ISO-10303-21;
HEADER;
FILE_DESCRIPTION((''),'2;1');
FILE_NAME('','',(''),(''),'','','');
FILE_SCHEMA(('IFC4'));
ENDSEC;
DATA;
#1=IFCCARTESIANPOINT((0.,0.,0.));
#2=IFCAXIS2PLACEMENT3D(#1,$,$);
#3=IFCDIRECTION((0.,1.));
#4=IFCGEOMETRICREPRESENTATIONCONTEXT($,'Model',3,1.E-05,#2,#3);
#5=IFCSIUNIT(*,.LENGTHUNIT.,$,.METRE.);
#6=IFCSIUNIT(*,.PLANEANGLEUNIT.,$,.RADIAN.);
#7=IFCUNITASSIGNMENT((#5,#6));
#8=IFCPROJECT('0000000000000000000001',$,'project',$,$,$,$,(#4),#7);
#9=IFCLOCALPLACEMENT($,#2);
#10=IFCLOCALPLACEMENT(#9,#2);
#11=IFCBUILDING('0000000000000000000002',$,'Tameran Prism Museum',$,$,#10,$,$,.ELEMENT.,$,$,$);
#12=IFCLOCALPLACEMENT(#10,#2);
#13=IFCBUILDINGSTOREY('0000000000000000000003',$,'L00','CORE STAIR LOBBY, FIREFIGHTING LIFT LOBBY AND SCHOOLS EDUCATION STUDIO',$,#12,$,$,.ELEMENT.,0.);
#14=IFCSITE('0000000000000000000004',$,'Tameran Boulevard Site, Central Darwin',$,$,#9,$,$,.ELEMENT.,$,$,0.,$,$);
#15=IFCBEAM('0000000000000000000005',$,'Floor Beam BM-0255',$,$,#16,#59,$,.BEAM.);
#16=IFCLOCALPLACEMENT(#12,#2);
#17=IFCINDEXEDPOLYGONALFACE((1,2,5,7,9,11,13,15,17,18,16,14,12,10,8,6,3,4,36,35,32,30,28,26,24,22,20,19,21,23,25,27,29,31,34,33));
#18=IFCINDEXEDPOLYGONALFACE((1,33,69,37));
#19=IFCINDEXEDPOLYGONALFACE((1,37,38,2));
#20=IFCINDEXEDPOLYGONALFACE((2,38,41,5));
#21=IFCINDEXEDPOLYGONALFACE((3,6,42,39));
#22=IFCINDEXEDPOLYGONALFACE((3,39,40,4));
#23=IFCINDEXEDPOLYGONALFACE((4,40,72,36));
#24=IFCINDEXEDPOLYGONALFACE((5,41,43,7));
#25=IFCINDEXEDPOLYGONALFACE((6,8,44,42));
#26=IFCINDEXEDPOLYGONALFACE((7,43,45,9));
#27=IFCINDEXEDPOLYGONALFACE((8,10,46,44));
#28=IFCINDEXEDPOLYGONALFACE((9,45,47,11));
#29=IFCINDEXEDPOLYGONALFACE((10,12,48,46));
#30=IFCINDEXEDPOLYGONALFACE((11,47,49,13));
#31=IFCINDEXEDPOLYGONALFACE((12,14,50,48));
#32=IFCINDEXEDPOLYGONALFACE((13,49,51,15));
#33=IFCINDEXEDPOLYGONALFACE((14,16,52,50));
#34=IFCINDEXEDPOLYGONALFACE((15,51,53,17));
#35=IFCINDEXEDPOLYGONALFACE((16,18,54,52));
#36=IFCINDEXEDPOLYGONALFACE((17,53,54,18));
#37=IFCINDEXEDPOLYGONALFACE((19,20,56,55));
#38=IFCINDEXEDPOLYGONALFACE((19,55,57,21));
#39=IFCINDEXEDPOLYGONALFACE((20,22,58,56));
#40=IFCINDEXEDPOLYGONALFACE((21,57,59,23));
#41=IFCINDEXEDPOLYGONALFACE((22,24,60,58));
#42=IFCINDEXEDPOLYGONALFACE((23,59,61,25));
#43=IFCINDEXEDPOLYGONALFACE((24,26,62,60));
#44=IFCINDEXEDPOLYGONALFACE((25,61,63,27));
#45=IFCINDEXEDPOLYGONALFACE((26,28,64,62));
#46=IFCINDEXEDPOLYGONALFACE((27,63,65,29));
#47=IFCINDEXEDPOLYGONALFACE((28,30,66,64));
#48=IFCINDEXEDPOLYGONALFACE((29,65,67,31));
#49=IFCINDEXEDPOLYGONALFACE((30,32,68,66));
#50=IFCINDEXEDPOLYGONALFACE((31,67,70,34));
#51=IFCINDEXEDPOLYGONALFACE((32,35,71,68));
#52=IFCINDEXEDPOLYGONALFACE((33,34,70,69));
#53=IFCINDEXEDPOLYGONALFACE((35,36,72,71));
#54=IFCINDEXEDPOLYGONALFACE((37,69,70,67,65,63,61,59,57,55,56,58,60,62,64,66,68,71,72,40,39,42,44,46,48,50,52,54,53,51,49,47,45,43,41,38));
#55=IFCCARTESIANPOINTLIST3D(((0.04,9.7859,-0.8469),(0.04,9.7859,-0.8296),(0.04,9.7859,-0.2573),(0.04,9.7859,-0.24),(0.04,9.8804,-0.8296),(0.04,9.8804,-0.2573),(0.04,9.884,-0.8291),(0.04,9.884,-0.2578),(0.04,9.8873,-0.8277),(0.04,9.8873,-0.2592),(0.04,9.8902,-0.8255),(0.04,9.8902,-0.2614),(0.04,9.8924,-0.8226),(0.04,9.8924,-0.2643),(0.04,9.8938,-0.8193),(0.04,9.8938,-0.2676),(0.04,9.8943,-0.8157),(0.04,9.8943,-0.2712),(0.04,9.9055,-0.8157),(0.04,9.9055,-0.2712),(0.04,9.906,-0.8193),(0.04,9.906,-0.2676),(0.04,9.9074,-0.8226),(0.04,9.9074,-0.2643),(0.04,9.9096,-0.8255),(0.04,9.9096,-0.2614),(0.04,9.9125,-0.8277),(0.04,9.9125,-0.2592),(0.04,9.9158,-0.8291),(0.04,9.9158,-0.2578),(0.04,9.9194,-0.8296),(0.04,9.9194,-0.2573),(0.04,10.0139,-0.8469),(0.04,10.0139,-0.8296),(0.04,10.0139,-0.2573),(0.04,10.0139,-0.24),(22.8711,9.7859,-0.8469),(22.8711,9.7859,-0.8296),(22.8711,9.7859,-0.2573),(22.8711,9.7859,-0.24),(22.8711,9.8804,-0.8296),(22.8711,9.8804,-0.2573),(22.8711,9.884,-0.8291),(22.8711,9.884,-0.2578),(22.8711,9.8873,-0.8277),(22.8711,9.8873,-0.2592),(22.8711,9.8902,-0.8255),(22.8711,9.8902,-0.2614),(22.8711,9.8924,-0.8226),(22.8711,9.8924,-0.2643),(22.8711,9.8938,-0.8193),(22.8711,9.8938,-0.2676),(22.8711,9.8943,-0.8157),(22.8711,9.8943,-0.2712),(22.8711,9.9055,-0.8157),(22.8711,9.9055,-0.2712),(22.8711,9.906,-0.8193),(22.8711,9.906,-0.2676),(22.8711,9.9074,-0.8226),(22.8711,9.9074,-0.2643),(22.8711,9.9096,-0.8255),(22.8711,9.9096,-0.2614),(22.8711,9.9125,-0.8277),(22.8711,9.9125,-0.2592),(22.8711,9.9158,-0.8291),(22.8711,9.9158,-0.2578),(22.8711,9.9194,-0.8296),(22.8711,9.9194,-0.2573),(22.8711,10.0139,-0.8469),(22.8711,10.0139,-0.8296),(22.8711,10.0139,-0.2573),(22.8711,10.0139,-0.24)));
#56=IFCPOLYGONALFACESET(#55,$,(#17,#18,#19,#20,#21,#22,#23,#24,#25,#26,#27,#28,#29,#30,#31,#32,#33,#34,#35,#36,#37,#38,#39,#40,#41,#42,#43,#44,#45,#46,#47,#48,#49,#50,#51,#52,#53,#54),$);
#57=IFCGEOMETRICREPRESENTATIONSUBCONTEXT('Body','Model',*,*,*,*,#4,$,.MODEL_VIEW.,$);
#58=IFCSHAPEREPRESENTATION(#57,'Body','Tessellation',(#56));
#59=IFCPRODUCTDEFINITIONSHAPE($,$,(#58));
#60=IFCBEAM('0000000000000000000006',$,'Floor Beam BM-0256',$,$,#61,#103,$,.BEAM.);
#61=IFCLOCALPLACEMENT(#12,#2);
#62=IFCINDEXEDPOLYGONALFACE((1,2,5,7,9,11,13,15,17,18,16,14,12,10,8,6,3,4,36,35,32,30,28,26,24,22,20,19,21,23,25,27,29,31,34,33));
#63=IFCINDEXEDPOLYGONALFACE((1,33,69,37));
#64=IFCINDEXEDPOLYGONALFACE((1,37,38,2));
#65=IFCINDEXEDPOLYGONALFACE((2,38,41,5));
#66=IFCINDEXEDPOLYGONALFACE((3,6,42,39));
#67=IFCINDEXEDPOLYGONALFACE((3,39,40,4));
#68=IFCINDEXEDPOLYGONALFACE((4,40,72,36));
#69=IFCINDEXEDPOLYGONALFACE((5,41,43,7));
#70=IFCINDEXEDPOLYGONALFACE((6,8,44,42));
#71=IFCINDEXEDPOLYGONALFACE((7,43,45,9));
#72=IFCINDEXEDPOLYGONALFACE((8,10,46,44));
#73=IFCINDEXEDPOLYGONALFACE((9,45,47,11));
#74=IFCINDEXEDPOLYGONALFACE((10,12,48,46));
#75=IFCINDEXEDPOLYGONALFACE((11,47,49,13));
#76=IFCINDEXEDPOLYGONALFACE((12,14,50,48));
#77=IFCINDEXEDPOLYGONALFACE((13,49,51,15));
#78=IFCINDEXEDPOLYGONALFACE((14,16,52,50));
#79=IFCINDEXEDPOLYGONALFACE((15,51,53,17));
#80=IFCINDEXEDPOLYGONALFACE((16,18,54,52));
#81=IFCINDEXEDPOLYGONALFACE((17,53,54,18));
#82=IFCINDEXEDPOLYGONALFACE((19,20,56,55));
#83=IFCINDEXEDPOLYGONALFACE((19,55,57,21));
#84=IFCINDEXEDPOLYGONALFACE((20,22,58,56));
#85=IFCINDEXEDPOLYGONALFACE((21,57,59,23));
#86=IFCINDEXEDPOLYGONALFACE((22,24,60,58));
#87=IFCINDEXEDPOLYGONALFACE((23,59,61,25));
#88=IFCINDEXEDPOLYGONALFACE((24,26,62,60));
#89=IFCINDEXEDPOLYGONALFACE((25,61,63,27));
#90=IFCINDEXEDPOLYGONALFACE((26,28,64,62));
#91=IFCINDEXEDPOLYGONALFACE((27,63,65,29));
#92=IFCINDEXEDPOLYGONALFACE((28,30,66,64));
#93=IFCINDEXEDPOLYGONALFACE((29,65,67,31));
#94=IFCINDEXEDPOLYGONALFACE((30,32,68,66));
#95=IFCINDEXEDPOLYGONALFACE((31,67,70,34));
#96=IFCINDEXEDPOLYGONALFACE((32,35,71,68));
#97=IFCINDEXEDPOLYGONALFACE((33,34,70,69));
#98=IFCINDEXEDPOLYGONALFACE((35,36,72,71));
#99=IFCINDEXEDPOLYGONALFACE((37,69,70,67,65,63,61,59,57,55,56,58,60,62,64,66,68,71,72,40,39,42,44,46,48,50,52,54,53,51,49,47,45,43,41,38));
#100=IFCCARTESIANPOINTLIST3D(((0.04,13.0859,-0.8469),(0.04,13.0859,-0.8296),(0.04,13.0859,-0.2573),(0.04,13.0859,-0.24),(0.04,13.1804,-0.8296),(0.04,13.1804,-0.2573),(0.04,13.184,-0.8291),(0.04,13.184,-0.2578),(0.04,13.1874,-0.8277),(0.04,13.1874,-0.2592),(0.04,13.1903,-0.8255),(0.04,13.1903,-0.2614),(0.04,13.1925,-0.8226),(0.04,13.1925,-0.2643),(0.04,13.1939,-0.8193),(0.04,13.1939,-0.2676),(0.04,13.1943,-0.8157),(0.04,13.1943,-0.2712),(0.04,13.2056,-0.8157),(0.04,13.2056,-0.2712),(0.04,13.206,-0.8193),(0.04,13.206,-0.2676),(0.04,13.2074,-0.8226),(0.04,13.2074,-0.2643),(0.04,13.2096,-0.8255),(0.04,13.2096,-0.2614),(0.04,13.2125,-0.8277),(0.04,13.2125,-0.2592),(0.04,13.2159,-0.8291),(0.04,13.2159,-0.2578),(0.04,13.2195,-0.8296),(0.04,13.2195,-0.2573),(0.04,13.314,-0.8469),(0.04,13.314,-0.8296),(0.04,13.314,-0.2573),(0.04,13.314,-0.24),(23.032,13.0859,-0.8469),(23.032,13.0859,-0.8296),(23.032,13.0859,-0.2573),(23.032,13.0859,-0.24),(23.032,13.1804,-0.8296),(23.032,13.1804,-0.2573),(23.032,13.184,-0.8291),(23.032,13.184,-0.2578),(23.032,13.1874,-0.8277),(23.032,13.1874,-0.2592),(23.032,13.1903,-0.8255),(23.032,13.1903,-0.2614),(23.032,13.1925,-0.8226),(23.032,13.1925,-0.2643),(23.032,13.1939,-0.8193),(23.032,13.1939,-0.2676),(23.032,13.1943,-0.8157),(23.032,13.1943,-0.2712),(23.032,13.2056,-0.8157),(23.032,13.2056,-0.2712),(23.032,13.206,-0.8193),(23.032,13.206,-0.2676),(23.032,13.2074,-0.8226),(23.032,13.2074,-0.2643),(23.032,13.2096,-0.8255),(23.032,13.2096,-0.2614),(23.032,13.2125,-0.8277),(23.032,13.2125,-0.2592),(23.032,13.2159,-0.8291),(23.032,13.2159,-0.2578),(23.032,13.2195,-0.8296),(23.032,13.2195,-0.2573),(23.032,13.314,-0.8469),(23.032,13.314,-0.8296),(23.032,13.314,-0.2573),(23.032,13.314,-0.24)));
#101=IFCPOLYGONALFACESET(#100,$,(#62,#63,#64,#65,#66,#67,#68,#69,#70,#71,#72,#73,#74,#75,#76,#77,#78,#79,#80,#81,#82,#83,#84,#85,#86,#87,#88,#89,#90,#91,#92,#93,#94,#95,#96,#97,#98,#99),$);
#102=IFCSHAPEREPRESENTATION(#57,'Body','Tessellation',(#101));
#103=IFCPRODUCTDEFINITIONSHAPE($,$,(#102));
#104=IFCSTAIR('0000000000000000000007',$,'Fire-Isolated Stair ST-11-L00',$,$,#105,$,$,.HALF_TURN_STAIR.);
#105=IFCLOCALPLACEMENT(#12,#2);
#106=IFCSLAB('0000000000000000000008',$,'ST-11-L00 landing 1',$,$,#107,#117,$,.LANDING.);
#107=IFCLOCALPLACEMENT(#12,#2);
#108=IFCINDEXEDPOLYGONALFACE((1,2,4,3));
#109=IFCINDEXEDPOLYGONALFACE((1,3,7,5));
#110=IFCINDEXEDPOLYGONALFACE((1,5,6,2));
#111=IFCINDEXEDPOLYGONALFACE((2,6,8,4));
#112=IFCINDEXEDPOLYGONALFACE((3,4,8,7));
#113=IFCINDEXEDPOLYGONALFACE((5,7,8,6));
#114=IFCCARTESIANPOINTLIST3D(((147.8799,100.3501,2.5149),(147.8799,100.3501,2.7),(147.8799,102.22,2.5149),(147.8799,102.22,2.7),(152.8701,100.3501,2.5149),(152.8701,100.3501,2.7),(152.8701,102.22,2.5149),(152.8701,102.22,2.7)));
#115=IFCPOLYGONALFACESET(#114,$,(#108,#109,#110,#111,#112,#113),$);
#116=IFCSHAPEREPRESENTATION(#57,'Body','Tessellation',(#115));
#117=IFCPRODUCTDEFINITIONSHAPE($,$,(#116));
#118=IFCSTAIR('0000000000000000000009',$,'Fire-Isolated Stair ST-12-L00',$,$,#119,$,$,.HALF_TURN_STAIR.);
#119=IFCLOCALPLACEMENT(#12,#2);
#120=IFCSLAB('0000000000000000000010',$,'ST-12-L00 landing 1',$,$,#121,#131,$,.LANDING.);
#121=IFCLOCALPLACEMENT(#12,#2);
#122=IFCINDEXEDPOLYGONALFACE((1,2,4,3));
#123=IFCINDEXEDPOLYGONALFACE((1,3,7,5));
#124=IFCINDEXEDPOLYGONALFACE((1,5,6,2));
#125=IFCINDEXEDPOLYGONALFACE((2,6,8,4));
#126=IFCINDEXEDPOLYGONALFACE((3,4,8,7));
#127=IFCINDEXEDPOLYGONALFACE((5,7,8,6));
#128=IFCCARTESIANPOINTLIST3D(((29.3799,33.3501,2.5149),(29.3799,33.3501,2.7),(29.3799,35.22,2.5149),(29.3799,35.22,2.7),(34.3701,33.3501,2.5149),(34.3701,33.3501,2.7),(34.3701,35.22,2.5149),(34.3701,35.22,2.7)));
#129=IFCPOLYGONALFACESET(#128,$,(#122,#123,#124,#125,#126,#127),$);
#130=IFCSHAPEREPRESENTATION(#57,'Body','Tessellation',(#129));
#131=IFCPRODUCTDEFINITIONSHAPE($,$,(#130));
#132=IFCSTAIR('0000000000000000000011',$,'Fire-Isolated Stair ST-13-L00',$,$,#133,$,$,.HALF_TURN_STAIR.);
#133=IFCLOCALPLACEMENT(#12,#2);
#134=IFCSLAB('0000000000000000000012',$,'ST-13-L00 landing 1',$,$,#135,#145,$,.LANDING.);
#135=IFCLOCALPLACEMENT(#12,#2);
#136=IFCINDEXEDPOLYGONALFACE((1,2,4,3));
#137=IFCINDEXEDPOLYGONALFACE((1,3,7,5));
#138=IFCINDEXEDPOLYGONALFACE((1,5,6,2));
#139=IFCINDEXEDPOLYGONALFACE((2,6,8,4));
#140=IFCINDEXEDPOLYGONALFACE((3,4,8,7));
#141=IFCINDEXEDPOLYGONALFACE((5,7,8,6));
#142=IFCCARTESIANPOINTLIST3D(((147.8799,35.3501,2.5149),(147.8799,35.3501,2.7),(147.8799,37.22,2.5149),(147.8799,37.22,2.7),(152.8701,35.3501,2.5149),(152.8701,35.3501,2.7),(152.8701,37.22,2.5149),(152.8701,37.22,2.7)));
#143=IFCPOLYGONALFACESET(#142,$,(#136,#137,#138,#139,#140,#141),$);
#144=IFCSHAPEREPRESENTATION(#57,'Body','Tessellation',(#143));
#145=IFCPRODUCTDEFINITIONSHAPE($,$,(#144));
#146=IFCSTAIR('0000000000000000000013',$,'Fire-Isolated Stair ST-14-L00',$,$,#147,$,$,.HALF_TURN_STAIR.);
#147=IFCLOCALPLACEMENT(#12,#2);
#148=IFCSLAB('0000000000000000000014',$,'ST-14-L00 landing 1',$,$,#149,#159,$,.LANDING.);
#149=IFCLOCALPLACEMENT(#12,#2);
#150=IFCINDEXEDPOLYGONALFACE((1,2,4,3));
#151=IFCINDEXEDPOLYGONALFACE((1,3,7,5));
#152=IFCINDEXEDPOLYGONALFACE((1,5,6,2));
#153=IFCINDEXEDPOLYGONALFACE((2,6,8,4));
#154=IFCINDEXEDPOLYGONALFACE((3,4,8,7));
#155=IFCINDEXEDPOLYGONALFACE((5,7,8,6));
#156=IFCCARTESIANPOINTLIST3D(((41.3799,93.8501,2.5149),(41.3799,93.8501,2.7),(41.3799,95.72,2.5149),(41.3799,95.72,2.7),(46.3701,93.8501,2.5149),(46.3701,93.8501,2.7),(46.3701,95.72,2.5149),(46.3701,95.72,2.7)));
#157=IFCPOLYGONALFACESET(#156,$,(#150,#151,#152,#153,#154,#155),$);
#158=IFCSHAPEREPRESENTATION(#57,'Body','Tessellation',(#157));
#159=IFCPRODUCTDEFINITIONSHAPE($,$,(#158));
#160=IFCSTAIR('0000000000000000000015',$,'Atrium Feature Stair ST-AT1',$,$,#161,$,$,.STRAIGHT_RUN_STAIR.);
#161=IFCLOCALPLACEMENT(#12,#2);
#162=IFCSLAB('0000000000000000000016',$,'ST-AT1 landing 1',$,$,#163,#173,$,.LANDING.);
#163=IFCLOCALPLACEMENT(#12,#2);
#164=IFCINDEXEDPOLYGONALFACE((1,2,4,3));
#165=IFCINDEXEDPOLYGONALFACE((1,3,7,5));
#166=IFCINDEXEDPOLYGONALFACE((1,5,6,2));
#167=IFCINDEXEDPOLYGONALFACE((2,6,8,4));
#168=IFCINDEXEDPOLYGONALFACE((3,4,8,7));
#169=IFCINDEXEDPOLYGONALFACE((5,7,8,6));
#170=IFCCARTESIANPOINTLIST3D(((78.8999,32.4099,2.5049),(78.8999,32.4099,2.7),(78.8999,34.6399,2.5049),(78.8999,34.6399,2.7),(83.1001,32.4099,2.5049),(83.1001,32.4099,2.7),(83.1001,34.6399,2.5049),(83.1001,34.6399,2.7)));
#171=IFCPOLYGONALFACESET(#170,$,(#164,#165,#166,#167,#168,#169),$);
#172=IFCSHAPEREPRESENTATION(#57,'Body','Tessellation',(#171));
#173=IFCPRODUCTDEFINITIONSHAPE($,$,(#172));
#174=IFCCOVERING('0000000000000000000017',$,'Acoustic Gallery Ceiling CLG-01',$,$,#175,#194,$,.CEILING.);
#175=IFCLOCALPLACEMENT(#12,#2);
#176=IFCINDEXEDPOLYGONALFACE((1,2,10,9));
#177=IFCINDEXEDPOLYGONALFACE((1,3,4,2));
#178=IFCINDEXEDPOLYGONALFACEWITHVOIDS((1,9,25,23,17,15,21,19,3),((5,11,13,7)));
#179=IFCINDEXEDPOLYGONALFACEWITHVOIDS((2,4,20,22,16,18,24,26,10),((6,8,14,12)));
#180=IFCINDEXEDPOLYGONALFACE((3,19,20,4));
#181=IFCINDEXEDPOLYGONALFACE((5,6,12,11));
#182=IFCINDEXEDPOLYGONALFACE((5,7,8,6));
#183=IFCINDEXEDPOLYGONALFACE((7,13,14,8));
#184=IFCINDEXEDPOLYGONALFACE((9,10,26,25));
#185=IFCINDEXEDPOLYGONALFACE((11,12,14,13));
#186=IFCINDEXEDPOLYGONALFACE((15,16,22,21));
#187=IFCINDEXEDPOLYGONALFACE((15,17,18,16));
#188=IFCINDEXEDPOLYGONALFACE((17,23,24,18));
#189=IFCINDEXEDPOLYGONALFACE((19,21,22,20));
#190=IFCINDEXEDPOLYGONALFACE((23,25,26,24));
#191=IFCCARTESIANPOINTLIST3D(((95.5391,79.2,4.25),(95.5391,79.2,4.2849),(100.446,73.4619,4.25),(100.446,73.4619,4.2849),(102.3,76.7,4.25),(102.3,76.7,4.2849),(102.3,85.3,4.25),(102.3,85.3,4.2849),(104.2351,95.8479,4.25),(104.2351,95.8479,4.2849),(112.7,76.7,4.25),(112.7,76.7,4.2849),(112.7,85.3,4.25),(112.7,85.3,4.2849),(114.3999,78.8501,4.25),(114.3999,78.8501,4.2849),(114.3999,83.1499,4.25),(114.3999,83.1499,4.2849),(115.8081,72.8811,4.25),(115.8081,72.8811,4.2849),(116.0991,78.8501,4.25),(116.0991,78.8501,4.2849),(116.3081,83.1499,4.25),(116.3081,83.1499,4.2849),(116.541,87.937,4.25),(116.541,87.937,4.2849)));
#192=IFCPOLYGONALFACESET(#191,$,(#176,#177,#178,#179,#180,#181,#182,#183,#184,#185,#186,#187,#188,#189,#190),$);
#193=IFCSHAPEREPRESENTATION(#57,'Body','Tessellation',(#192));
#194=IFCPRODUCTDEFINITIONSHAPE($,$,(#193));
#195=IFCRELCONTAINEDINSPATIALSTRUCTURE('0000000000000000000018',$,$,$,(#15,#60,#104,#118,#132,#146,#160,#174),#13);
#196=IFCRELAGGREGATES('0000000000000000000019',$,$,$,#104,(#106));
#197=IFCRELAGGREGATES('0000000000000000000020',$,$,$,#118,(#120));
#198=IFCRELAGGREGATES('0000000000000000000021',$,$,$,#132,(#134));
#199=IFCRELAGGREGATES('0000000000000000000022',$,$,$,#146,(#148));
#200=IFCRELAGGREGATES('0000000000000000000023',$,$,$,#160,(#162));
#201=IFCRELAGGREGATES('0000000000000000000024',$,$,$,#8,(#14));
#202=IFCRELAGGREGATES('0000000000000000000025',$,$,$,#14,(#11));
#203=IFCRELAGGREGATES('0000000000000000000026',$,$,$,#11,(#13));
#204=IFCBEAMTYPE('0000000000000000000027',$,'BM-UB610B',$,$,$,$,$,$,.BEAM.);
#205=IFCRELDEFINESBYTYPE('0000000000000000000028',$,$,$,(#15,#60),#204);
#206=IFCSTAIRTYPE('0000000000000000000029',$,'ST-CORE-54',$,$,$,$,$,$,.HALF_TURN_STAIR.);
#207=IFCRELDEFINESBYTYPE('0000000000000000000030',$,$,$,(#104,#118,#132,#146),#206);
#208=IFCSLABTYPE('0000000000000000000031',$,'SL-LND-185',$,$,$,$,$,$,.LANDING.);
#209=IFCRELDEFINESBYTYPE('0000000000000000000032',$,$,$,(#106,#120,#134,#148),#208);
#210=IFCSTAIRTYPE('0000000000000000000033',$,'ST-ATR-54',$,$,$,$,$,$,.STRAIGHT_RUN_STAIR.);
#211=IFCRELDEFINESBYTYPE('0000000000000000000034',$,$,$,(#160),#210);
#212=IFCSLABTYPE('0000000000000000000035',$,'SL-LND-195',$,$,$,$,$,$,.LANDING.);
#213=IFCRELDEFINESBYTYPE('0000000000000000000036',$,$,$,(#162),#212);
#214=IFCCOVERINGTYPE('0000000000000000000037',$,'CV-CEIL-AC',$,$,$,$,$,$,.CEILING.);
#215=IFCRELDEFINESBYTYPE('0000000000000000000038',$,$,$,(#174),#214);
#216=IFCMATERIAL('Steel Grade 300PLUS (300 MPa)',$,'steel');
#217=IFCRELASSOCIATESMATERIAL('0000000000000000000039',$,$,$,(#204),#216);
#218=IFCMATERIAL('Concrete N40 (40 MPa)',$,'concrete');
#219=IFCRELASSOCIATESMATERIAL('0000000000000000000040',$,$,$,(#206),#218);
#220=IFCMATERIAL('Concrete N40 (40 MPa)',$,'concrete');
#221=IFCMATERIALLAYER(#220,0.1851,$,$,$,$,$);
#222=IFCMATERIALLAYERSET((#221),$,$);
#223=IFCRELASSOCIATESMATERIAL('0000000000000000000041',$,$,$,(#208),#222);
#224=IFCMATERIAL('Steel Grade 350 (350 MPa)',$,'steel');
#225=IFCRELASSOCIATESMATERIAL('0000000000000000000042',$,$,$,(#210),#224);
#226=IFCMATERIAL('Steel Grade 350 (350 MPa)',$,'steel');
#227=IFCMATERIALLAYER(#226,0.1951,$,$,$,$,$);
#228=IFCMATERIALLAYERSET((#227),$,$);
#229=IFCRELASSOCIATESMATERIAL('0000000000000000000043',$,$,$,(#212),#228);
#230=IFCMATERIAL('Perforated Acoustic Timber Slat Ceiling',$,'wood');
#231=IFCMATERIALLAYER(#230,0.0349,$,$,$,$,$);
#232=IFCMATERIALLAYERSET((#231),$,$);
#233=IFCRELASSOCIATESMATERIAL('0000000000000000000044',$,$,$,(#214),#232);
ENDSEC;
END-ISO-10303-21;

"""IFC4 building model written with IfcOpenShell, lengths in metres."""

from ifc_helpers import new_model, si_unit, direction, frame, origin, origin_2d, place, context, subcontext, project, spatial, polyline, i_section, outline, extrude, material, layer, layer_set, material_profile, profile_set, type_object, element, aggregate, save


model = new_model("IFC4")

# Units and contexts
model_context = context("Model", 3, precision=1e-05, world=origin(), true_north=direction((0.0, 1.0)))
body_context = subcontext(model_context, "Body", "Model", "MODEL_VIEW")
ifc_project = project(units=[si_unit("LENGTHUNIT", "METRE"), si_unit("PLANEANGLEUNIT", "RADIAN")], contexts=[model_context])

# Site, building, storey
site_placement = place(None, origin())
site = spatial("IfcSite", under=ifc_project, at=site_placement, Name="Tameran Boulevard Site, Central Darwin", CompositionType="ELEMENT", RefElevation=0.0)
building_placement = place(site_placement, origin())
building = spatial("IfcBuilding", under=site, at=building_placement, Name="Tameran Prism Museum", CompositionType="ELEMENT")
storey_placement = place(building_placement, origin())
storey = spatial("IfcBuildingStorey", under=building, at=storey_placement, Name="L00", Description="CORE STAIR LOBBY, FIREFIGHTING LIFT LOBBY AND SCHOOLS EDUCATION STUDIO", CompositionType="ELEMENT", Elevation=0.0)

# Beams
ifc_material_1 = material(Name="Steel Grade 300PLUS (300 MPa)", Category="steel")
ifc_material_profile_1 = material_profile(ifc_material_1, i_section(OverallWidth=0.228, OverallDepth=0.6069, WebThickness=0.0112, FlangeThickness=0.0173, FilletRadius=0.0139, at=origin_2d()))
ifc_profile_set_1 = profile_set([ifc_material_profile_1])
beam_type_1 = type_object("IfcBeamType", Name="BM-UB610B", PredefinedType="BEAM", material=ifc_profile_set_1)
beam_1_placement = place(storey_placement, frame((0.04, 9.8999, -0.5435), z_axis=(1.0, 0.0, 0.0), x_axis=(0.0, 1.0, 0.0)))
element("IfcBeam", 1, at=beam_1_placement, inside=storey, type_object=beam_type_1, Name="Floor Beam BM-0255", PredefinedType="BEAM", context=body_context, shape_type="SweptSolid", body=[
    extrude(i_section(OverallWidth=0.228, OverallDepth=0.6069, WebThickness=0.0112, FlangeThickness=0.0173, FilletRadius=0.0139, at=origin_2d()), origin(), (0.0, 0.0, 1.0), 22.8311),
])
beam_2_placement = place(storey_placement, frame((0.04, 13.2, -0.5435), z_axis=(1.0, 0.0, 0.0), x_axis=(0.0, 1.0, 0.0)))
element("IfcBeam", 2, at=beam_2_placement, inside=storey, type_object=beam_type_1, Name="Floor Beam BM-0256", PredefinedType="BEAM", context=body_context, shape_type="SweptSolid", body=[
    extrude(i_section(OverallWidth=0.228, OverallDepth=0.6069, WebThickness=0.0112, FlangeThickness=0.0173, FilletRadius=0.0139, at=origin_2d()), origin(), (0.0, 0.0, 1.0), 22.9919),
])

# Stairs, slabs
ifc_material_2 = material(Name="Concrete N40 (40 MPa)", Category="concrete")
stair_type_1 = type_object("IfcStairType", Name="ST-CORE-54", PredefinedType="HALF_TURN_STAIR", material=ifc_material_2)
stair_1_placement = place(storey_placement, origin())
stair_1 = element("IfcStair", 3, at=stair_1_placement, inside=storey, type_object=stair_type_1, Name="Fire-Isolated Stair ST-11-L00", PredefinedType="HALF_TURN_STAIR")
ifc_material_3 = material(Name="Concrete N40 (40 MPa)", Category="concrete")
ifc_layer_1 = layer(ifc_material_3, 0.1851)
ifc_layer_set_1 = layer_set([ifc_layer_1])
slab_type_1 = type_object("IfcSlabType", Name="SL-LND-185", PredefinedType="LANDING", material=ifc_layer_set_1)
slab_1_placement = place(storey_placement, frame((0.0, 0.0, 2.5149)))
slab_1 = element("IfcSlab", 4, at=slab_1_placement, type_object=slab_type_1, Name="ST-11-L00 landing 1", PredefinedType="LANDING", context=body_context, shape_type="SweptSolid", body=[
    extrude(outline(polyline([(147.8799, 100.3501), (152.8701, 100.3501), (152.8701, 102.22), (147.8799, 102.22), (147.8799, 100.3501)])), origin(), (0.0, 0.0, 1.0), 0.1851),
])
aggregate(stair_1, [slab_1])
stair_2_placement = place(storey_placement, origin())
stair_2 = element("IfcStair", 5, at=stair_2_placement, inside=storey, type_object=stair_type_1, Name="Fire-Isolated Stair ST-12-L00", PredefinedType="HALF_TURN_STAIR")
slab_2_placement = place(storey_placement, frame((0.0, 0.0, 2.5149)))
slab_2 = element("IfcSlab", 6, at=slab_2_placement, type_object=slab_type_1, Name="ST-12-L00 landing 1", PredefinedType="LANDING", context=body_context, shape_type="SweptSolid", body=[
    extrude(outline(polyline([(29.3799, 33.3501), (34.3701, 33.3501), (34.3701, 35.22), (29.3799, 35.22), (29.3799, 33.3501)])), origin(), (0.0, 0.0, 1.0), 0.1851),
])
aggregate(stair_2, [slab_2])
stair_3_placement = place(storey_placement, origin())
stair_3 = element("IfcStair", 7, at=stair_3_placement, inside=storey, type_object=stair_type_1, Name="Fire-Isolated Stair ST-13-L00", PredefinedType="HALF_TURN_STAIR")
slab_3_placement = place(storey_placement, frame((0.0, 0.0, 2.5149)))
slab_3 = element("IfcSlab", 8, at=slab_3_placement, type_object=slab_type_1, Name="ST-13-L00 landing 1", PredefinedType="LANDING", context=body_context, shape_type="SweptSolid", body=[
    extrude(outline(polyline([(147.8799, 35.3501), (152.8701, 35.3501), (152.8701, 37.22), (147.8799, 37.22), (147.8799, 35.3501)])), origin(), (0.0, 0.0, 1.0), 0.1851),
])
aggregate(stair_3, [slab_3])
stair_4_placement = place(storey_placement, origin())
stair_4 = element("IfcStair", 9, at=stair_4_placement, inside=storey, type_object=stair_type_1, Name="Fire-Isolated Stair ST-14-L00", PredefinedType="HALF_TURN_STAIR")
slab_4_placement = place(storey_placement, frame((0.0, 0.0, 2.5149)))
slab_4 = element("IfcSlab", 10, at=slab_4_placement, type_object=slab_type_1, Name="ST-14-L00 landing 1", PredefinedType="LANDING", context=body_context, shape_type="SweptSolid", body=[
    extrude(outline(polyline([(41.3799, 93.8501), (46.3701, 93.8501), (46.3701, 95.72), (41.3799, 95.72), (41.3799, 93.8501)])), origin(), (0.0, 0.0, 1.0), 0.1851),
])
aggregate(stair_4, [slab_4])
ifc_material_4 = material(Name="Steel Grade 350 (350 MPa)", Category="steel")
stair_type_2 = type_object("IfcStairType", Name="ST-ATR-54", PredefinedType="STRAIGHT_RUN_STAIR", material=ifc_material_4)
stair_5_placement = place(storey_placement, origin())
stair_5 = element("IfcStair", 11, at=stair_5_placement, inside=storey, type_object=stair_type_2, Name="Atrium Feature Stair ST-AT1", PredefinedType="STRAIGHT_RUN_STAIR")
ifc_material_5 = material(Name="Steel Grade 350 (350 MPa)", Category="steel")
ifc_layer_2 = layer(ifc_material_5, 0.1951)
ifc_layer_set_2 = layer_set([ifc_layer_2])
slab_type_2 = type_object("IfcSlabType", Name="SL-LND-195", PredefinedType="LANDING", material=ifc_layer_set_2)
slab_5_placement = place(storey_placement, frame((0.0, 0.0, 2.5049)))
slab_5 = element("IfcSlab", 12, at=slab_5_placement, type_object=slab_type_2, Name="ST-AT1 landing 1", PredefinedType="LANDING", context=body_context, shape_type="SweptSolid", body=[
    extrude(outline(polyline([(78.8999, 32.4099), (83.1001, 32.4099), (83.1001, 34.6399), (78.8999, 34.6399), (78.8999, 32.4099)])), origin(), (0.0, 0.0, 1.0), 0.1951),
])
aggregate(stair_5, [slab_5])

# Covering
ifc_material_6 = material(Name="Perforated Acoustic Timber Slat Ceiling", Category="wood")
ifc_layer_3 = layer(ifc_material_6, 0.0349)
ifc_layer_set_3 = layer_set([ifc_layer_3])
covering_type_1 = type_object("IfcCoveringType", Name="CV-CEIL-AC", PredefinedType="CEILING", material=ifc_layer_set_3)
covering_1_placement = place(storey_placement, frame((0.0, 0.0, 4.25)))
element("IfcCovering", 13, at=covering_1_placement, inside=storey, type_object=covering_type_1, Name="Acoustic Gallery Ceiling CLG-01", PredefinedType="CEILING", context=body_context, shape_type="SweptSolid", body=[
    extrude(outline(polyline([(95.5391, 79.2), (104.2351, 95.8479), (116.541, 87.937), (116.3081, 83.1499), (114.3999, 83.1499), (114.3999, 78.8501), (116.0991, 78.8501), (115.8081, 72.8811), (100.446, 73.4619), (95.5391, 79.2)]), holes=[polyline([(112.7, 85.3), (102.3, 85.3), (102.3, 76.7), (112.7, 76.7), (112.7, 85.3)])]), origin(), (0.0, 0.0, 1.0), 0.0349),
])

save(model, "model.ifc")
